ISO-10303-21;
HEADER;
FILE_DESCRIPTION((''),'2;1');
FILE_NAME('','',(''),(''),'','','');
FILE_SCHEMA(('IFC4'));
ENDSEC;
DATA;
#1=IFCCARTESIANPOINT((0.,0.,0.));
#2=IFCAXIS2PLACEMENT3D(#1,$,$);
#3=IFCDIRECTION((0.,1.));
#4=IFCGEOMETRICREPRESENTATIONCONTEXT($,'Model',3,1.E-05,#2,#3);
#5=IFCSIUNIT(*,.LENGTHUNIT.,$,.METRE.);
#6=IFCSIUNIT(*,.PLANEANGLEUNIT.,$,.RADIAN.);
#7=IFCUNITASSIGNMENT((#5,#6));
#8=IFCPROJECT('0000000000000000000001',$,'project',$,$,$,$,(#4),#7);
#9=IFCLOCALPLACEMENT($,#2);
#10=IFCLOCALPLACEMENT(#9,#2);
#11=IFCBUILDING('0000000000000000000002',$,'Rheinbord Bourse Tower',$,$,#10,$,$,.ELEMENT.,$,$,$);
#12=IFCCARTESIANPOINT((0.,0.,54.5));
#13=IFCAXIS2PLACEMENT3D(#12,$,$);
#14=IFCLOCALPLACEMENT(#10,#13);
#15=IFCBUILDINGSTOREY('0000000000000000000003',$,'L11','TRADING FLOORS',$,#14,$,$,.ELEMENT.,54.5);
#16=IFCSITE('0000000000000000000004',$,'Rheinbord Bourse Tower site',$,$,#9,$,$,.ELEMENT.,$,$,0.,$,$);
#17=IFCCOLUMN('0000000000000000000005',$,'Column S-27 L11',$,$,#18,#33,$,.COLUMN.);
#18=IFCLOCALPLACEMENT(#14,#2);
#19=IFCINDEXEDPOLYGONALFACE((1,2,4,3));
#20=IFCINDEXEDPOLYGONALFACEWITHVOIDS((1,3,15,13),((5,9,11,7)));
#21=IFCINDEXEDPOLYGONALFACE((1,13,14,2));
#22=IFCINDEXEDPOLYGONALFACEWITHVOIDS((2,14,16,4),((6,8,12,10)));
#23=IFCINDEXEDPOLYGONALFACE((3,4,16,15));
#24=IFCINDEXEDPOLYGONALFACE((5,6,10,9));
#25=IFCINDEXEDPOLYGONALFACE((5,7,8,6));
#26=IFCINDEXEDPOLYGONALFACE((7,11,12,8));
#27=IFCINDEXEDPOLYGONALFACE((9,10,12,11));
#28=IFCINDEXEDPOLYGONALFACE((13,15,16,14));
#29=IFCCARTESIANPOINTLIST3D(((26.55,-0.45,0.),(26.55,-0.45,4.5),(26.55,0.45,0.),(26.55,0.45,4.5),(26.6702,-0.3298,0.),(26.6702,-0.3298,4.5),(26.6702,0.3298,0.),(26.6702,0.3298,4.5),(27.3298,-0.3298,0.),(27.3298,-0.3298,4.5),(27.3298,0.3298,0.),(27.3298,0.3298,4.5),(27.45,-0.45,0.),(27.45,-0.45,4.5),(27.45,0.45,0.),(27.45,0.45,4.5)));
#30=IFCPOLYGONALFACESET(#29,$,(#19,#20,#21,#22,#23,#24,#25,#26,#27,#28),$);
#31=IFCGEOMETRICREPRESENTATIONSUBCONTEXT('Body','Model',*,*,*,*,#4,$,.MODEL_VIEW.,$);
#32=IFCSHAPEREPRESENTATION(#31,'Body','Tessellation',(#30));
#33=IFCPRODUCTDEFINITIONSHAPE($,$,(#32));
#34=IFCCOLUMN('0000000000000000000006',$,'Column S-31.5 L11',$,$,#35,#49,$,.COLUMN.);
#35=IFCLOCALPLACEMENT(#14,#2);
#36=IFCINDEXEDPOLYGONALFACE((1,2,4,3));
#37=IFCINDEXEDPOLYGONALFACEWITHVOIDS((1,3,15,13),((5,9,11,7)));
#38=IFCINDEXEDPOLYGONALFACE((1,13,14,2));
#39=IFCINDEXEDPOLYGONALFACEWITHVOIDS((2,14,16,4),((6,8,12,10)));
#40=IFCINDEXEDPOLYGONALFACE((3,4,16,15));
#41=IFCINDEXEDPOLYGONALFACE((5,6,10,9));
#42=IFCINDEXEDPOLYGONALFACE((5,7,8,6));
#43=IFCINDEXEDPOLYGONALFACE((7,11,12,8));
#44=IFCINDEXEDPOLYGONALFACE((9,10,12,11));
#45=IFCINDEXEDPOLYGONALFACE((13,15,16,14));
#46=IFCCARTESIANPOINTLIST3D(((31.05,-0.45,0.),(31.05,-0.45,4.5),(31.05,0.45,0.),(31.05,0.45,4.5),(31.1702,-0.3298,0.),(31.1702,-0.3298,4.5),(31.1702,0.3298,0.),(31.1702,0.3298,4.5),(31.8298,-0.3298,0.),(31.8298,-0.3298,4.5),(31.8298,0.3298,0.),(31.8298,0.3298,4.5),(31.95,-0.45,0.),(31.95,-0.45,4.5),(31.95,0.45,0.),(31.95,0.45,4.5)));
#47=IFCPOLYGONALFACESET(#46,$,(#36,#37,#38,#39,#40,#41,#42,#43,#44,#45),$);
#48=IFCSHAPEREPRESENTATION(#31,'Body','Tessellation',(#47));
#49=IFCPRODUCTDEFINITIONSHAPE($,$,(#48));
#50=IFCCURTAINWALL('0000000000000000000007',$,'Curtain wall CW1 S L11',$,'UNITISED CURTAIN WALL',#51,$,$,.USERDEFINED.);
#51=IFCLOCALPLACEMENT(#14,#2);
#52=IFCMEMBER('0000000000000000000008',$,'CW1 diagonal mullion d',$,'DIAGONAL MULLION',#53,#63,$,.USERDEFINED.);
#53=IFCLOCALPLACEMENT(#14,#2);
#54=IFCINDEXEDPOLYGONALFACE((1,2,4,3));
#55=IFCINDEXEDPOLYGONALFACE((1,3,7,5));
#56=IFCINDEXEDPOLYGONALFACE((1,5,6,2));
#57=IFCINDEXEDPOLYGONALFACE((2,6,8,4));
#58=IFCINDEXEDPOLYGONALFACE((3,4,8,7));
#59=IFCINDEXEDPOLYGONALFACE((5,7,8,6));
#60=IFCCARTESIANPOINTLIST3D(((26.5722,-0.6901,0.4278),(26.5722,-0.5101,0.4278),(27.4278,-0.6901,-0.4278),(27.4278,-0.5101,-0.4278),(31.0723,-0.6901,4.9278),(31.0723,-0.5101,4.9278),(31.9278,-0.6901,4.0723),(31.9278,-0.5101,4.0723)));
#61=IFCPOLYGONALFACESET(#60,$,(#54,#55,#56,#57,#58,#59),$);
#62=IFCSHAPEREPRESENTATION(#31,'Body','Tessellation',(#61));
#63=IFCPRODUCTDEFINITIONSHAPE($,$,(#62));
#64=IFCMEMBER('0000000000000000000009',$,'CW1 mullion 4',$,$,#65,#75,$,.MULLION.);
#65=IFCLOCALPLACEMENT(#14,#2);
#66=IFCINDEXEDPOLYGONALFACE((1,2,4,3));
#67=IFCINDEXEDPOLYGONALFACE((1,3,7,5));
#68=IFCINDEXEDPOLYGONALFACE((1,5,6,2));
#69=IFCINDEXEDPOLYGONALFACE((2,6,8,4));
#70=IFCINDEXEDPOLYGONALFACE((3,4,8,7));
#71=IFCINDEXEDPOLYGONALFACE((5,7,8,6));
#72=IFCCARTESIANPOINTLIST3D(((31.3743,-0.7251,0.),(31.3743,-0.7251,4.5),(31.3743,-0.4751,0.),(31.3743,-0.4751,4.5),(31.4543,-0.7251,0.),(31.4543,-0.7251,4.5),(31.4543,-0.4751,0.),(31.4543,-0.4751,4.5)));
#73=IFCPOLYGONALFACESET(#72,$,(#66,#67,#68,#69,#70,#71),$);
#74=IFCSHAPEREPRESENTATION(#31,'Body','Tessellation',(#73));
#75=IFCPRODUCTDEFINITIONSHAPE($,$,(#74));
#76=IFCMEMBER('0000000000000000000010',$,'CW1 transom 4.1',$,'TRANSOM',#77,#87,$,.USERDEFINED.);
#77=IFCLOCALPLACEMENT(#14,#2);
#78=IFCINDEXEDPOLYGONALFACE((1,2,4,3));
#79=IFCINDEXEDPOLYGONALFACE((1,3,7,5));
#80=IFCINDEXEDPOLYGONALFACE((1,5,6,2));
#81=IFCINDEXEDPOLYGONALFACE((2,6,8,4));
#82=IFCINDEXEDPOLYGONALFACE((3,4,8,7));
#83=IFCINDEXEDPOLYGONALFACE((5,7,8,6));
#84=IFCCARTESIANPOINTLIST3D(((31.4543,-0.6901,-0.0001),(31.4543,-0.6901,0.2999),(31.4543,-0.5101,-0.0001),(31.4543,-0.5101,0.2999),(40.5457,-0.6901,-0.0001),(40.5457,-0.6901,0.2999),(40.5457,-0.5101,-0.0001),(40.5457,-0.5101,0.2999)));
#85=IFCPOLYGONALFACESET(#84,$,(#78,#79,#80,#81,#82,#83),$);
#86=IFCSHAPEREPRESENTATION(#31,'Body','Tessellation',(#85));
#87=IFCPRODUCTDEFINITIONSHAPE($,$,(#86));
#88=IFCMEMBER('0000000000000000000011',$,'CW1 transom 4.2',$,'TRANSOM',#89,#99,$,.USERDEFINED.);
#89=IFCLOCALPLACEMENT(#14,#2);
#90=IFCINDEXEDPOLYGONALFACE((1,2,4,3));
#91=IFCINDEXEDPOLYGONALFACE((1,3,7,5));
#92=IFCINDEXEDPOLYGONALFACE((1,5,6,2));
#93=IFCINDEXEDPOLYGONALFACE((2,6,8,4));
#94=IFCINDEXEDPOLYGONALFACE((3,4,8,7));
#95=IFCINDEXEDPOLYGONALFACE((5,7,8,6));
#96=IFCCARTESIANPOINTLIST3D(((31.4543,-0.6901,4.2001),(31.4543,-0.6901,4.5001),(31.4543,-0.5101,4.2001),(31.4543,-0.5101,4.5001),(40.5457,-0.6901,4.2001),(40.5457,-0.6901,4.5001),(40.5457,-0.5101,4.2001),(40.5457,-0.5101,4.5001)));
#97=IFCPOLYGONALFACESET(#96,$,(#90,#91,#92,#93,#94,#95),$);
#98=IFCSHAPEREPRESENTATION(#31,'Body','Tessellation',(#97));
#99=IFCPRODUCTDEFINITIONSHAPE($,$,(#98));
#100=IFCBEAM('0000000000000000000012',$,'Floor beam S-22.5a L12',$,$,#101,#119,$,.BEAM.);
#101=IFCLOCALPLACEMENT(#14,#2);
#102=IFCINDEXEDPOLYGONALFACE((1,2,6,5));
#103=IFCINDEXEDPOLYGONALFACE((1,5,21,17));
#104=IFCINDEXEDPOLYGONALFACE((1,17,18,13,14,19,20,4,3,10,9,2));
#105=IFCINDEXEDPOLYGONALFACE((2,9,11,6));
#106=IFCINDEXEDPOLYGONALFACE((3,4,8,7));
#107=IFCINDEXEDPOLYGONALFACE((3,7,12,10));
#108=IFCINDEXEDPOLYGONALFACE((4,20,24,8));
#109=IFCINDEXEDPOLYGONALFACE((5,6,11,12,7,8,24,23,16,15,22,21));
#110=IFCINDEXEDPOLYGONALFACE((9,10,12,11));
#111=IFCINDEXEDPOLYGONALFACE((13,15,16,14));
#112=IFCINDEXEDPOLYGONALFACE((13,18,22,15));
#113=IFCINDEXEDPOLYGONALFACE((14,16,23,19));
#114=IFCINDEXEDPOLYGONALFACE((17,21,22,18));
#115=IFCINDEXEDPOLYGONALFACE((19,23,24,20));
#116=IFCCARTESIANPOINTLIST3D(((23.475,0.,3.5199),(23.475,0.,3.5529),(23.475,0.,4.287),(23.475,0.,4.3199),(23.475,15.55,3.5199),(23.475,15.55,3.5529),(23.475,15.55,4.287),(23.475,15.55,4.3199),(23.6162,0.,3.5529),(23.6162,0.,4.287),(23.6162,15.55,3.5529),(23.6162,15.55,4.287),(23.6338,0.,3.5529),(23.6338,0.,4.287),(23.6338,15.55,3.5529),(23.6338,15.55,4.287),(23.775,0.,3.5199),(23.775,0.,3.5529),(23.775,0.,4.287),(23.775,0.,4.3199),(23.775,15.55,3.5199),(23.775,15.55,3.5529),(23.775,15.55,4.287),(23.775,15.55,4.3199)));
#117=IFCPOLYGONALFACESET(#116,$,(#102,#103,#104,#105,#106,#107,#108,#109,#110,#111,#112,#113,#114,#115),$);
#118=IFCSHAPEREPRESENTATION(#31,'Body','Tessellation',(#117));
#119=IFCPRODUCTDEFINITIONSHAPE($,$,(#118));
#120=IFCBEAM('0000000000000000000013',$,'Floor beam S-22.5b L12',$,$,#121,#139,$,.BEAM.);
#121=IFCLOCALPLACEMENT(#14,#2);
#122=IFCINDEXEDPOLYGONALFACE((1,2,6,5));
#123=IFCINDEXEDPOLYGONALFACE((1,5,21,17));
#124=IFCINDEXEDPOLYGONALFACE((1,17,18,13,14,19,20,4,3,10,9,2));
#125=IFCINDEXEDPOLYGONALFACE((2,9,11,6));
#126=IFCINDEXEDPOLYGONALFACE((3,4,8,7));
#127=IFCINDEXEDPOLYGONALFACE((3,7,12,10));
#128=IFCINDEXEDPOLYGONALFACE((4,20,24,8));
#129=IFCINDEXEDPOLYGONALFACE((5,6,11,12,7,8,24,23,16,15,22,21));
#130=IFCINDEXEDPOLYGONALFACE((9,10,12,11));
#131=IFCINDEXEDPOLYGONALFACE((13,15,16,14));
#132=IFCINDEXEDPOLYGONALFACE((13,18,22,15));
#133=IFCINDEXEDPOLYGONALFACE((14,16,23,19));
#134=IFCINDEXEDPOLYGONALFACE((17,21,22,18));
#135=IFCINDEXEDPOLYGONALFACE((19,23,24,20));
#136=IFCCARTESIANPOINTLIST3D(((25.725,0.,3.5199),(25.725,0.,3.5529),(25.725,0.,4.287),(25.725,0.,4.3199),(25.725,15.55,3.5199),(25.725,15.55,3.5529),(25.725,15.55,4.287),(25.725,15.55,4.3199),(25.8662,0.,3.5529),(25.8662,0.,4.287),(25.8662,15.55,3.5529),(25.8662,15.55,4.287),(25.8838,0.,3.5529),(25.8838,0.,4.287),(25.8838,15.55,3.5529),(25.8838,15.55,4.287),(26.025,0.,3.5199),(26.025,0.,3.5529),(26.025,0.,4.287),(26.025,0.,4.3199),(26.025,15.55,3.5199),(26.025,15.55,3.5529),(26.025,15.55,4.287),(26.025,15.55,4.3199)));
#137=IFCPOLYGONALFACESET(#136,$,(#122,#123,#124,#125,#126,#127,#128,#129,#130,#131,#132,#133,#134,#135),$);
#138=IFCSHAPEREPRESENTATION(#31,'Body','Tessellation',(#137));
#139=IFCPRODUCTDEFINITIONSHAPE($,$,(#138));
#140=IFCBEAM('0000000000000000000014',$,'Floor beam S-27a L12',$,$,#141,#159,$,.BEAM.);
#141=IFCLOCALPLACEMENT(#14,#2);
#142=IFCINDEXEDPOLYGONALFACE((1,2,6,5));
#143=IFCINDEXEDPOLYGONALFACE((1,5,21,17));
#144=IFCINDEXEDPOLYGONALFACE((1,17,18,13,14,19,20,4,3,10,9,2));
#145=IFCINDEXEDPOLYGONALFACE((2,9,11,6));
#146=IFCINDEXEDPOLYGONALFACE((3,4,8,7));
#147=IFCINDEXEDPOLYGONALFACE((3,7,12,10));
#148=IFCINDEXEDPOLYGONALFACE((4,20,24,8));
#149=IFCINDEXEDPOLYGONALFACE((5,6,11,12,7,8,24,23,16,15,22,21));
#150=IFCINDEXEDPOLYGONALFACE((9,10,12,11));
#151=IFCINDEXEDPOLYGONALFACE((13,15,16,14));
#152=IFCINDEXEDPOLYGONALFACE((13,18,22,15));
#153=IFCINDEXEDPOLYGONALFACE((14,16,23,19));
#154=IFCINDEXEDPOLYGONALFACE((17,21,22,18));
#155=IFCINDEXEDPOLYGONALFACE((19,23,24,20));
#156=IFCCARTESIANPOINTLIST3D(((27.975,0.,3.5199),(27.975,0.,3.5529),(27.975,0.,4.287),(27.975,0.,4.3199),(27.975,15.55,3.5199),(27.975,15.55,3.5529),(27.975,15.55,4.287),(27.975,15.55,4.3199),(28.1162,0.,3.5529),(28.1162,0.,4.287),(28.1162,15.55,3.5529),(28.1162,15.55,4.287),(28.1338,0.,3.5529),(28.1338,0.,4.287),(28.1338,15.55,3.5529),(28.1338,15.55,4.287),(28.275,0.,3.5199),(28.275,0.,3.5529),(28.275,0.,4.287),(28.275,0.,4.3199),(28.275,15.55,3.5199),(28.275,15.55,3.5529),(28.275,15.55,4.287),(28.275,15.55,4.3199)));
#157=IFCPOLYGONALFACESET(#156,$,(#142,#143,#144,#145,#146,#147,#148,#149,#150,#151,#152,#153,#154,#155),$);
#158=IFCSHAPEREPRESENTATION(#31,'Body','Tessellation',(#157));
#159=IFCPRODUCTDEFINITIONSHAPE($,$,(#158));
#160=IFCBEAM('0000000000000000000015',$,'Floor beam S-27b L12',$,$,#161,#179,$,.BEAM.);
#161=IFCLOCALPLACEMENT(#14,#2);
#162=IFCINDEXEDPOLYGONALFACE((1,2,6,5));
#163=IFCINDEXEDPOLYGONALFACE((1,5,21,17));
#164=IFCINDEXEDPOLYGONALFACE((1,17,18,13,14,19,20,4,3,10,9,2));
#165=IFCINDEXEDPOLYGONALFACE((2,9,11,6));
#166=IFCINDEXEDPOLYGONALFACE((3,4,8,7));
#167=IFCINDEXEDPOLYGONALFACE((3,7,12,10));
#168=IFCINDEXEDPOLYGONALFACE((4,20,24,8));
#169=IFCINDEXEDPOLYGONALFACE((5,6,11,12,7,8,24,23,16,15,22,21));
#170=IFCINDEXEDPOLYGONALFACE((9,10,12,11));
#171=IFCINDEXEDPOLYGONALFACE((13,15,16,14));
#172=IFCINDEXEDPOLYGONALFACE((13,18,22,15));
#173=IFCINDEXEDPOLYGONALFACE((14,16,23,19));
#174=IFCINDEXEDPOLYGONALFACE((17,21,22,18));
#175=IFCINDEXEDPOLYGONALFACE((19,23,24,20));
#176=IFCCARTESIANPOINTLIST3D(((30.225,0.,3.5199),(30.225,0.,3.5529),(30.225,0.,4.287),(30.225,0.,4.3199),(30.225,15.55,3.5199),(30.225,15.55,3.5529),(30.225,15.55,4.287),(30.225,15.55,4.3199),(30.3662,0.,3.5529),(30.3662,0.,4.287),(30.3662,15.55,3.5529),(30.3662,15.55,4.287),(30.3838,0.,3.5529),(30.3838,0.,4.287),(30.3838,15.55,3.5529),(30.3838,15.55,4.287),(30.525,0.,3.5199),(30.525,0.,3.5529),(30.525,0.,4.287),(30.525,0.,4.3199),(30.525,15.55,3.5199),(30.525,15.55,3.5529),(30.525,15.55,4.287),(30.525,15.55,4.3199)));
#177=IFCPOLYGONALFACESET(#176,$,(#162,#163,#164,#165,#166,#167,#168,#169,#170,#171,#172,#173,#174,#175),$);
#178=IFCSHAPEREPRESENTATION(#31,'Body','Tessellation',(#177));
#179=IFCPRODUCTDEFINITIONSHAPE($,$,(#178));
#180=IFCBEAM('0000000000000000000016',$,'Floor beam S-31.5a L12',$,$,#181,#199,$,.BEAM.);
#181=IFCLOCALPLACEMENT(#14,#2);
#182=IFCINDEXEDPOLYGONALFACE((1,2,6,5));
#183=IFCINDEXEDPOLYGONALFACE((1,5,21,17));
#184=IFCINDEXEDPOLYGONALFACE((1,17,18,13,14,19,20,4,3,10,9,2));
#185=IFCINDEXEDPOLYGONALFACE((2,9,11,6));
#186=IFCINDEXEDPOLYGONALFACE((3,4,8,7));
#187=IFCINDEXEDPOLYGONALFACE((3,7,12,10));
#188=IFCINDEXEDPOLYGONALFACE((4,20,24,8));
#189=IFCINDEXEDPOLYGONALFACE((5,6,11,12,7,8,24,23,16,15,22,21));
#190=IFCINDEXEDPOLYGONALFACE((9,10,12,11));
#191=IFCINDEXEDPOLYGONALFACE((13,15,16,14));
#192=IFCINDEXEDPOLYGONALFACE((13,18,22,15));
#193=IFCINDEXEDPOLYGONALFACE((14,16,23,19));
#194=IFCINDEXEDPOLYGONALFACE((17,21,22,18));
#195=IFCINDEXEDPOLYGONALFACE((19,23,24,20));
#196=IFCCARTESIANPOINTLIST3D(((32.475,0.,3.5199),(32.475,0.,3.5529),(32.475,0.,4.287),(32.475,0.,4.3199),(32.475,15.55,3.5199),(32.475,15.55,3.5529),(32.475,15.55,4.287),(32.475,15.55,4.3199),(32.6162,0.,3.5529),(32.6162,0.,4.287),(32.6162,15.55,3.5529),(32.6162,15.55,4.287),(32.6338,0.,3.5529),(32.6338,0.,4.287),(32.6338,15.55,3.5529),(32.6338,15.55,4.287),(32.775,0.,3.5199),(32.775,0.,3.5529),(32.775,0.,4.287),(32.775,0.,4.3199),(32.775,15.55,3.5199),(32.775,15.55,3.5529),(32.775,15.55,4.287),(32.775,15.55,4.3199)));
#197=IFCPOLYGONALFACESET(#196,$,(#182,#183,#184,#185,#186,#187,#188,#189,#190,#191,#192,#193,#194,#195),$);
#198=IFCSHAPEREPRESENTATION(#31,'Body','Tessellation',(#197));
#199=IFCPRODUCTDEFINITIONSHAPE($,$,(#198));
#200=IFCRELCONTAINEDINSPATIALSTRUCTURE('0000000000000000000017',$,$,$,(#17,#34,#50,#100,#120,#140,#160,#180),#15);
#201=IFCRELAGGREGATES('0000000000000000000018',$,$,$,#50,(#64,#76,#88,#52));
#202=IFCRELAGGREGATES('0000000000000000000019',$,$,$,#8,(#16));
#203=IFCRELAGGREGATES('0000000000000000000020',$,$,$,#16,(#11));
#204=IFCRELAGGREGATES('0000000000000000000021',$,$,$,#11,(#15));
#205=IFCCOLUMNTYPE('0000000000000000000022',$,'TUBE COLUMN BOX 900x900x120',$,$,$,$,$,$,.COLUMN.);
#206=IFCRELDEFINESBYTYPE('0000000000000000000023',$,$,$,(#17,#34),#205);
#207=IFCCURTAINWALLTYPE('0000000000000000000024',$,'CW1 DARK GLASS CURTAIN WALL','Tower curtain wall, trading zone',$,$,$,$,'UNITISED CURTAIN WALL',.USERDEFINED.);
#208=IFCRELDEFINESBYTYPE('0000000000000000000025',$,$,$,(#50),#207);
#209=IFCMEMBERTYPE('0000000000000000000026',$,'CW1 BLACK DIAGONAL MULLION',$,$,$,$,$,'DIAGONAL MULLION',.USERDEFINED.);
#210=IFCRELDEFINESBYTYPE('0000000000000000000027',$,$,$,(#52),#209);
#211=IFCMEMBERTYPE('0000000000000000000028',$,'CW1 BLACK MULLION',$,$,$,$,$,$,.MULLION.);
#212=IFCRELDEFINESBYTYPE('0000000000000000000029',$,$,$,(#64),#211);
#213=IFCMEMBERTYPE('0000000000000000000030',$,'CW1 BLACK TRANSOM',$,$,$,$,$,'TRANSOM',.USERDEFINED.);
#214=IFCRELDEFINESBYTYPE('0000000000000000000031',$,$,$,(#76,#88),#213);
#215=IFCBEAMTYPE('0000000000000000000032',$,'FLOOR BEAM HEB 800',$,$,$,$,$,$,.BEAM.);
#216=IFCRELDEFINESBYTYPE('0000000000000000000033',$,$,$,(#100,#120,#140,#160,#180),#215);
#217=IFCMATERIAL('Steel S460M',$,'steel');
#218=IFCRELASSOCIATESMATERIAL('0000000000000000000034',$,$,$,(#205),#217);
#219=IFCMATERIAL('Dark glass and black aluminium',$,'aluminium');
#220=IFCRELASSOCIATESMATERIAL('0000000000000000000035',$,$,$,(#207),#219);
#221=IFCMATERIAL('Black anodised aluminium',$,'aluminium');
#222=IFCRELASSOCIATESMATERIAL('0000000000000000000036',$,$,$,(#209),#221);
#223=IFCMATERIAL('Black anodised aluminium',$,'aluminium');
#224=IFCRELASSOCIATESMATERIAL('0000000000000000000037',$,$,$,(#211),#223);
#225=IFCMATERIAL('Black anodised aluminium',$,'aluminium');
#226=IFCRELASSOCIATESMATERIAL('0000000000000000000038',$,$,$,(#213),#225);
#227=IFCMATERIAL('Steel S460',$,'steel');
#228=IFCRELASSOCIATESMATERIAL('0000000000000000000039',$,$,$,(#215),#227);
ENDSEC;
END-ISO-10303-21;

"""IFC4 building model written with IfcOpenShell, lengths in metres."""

from ifc_helpers import new_model, si_unit, direction, frame, origin, origin_2d, place, context, subcontext, project, spatial, rectangle, hollow_rectangle, i_section, extrude, material, material_profile, profile_set, type_object, element, aggregate, save


model = new_model("IFC4")

# Units and contexts
model_context = context("Model", 3, precision=1e-05, world=origin(), true_north=direction((0.0, 1.0)))
body_context = subcontext(model_context, "Body", "Model", "MODEL_VIEW")
ifc_project = project(units=[si_unit("LENGTHUNIT", "METRE"), si_unit("PLANEANGLEUNIT", "RADIAN")], contexts=[model_context])

# Site, building, storey
site_placement = place(None, origin())
site = spatial("IfcSite", under=ifc_project, at=site_placement, Name="Rheinbord Bourse Tower site", CompositionType="ELEMENT", RefElevation=0.0)
building_placement = place(site_placement, origin())
building = spatial("IfcBuilding", under=site, at=building_placement, Name="Rheinbord Bourse Tower", CompositionType="ELEMENT")
storey_placement = place(building_placement, frame((0.0, 0.0, 54.5)))
storey = spatial("IfcBuildingStorey", under=building, at=storey_placement, Name="L11", Description="TRADING FLOORS", CompositionType="ELEMENT", Elevation=54.5)

# Columns
ifc_material_1 = material(Name="Steel S460M", Category="steel")
ifc_material_profile_1 = material_profile(ifc_material_1, hollow_rectangle(XDim=0.8999, YDim=0.8999, WallThickness=0.1201, at=origin_2d()), Name="BOX 900x900x120")
ifc_profile_set_1 = profile_set([ifc_material_profile_1], Name="Steel S460M")
column_type = type_object("IfcColumnType", Name="TUBE COLUMN BOX 900x900x120", PredefinedType="COLUMN", material=ifc_profile_set_1)
for number, where, z_axis, x_axis, name in (
    (1, (27.0, 0.0, 0.0), (0.0, 0.0, 1.0), (0.0, 1.0, 0.0), "Column S-27 L11"),
    (2, (31.5, 0.0, 0.0), (0.0, 0.0, 1.0), (0.0, 1.0, 0.0), "Column S-31.5 L11"),
):
    element("IfcColumn", number, at=place(storey_placement, frame(where, z_axis=z_axis, x_axis=x_axis)), inside=storey, type_object=column_type, Name=name, PredefinedType="COLUMN", context=body_context, shape_type="SweptSolid", body=[
        extrude(hollow_rectangle(XDim=0.8999, YDim=0.8999, WallThickness=0.1201, at=origin_2d()), origin(), (0.0, 0.0, 1.0), 4.5),
    ])

# Curtain wall, members
ifc_material_2 = material(Name="Dark glass and black aluminium", Category="aluminium")
curtain_wall_type = type_object("IfcCurtainWallType", Name="CW1 DARK GLASS CURTAIN WALL", Description="Tower curtain wall, trading zone", ElementType="UNITISED CURTAIN WALL", PredefinedType="USERDEFINED", material=ifc_material_2)
curtain_wall_placement = place(storey_placement, origin())
curtain_wall = element("IfcCurtainWall", 3, at=curtain_wall_placement, inside=storey, type_object=curtain_wall_type, Name="Curtain wall CW1 S L11", ObjectType="UNITISED CURTAIN WALL", PredefinedType="USERDEFINED")
ifc_material_3 = material(Name="Black anodised aluminium", Category="aluminium")
ifc_material_profile_2 = material_profile(ifc_material_3, rectangle(XDim=0.1799, YDim=1.21, at=origin_2d()), Name="CW1 DIAGONAL MULLION 1210x180")
ifc_profile_set_2 = profile_set([ifc_material_profile_2], Name="Black anodised aluminium")
member_type_1 = type_object("IfcMemberType", Name="CW1 BLACK DIAGONAL MULLION", ElementType="DIAGONAL MULLION", PredefinedType="USERDEFINED", material=ifc_profile_set_2)
member_1_placement = place(storey_placement, frame((27.0, -0.6001, 0.0), z_axis=(0.707107, 0.0, 0.707107), x_axis=(0.0, 1.0, 0.0)))
member_1 = element("IfcMember", 4, at=member_1_placement, type_object=member_type_1, Name="CW1 diagonal mullion d", ObjectType="DIAGONAL MULLION", PredefinedType="USERDEFINED", context=body_context, shape_type="SweptSolid", body=[
    extrude(rectangle(XDim=0.1799, YDim=1.21, at=origin_2d()), origin(), (0.0, 0.0, 1.0), 6.364),
])
ifc_material_4 = material(Name="Black anodised aluminium", Category="aluminium")
ifc_material_profile_3 = material_profile(ifc_material_4, rectangle(XDim=0.25, YDim=0.0801, at=origin_2d()), Name="CW1 MULLION 80x250")
ifc_profile_set_3 = profile_set([ifc_material_profile_3], Name="Black anodised aluminium")
member_type_2 = type_object("IfcMemberType", Name="CW1 BLACK MULLION", PredefinedType="MULLION", material=ifc_profile_set_3)
member_2_placement = place(storey_placement, frame((31.4143, -0.6001, 0.0), z_axis=(0.0, 0.0, 1.0), x_axis=(0.0, 1.0, 0.0)))
member_2 = element("IfcMember", 5, at=member_2_placement, type_object=member_type_2, Name="CW1 mullion 4", PredefinedType="MULLION", context=body_context, shape_type="SweptSolid", body=[
    extrude(rectangle(XDim=0.25, YDim=0.0801, at=origin_2d()), origin(), (0.0, 0.0, 1.0), 4.5),
])
ifc_material_5 = material(Name="Black anodised aluminium", Category="aluminium")
ifc_material_profile_4 = material_profile(ifc_material_5, rectangle(XDim=0.1799, YDim=0.3, at=origin_2d()), Name="CW1 TRANSOM 300x180")
ifc_profile_set_4 = profile_set([ifc_material_profile_4], Name="Black anodised aluminium")
member_type_3 = type_object("IfcMemberType", Name="CW1 BLACK TRANSOM", ElementType="TRANSOM", PredefinedType="USERDEFINED", material=ifc_profile_set_4)
member_3_placement = place(storey_placement, frame((31.4543, -0.6001, 0.1499), z_axis=(1.0, 0.0, 0.0), x_axis=(0.0, 1.0, 0.0)))
member_3 = element("IfcMember", 6, at=member_3_placement, type_object=member_type_3, Name="CW1 transom 4.1", ObjectType="TRANSOM", PredefinedType="USERDEFINED", context=body_context, shape_type="SweptSolid", body=[
    extrude(rectangle(XDim=0.1799, YDim=0.3, at=origin_2d()), origin(), (0.0, 0.0, 1.0), 9.0913),
])
member_4_placement = place(storey_placement, frame((31.4543, -0.6001, 4.3501), z_axis=(1.0, 0.0, 0.0), x_axis=(0.0, 1.0, 0.0)))
member_4 = element("IfcMember", 7, at=member_4_placement, type_object=member_type_3, Name="CW1 transom 4.2", ObjectType="TRANSOM", PredefinedType="USERDEFINED", context=body_context, shape_type="SweptSolid", body=[
    extrude(rectangle(XDim=0.1799, YDim=0.3, at=origin_2d()), origin(), (0.0, 0.0, 1.0), 9.0913),
])

# Beams
ifc_material_6 = material(Name="Steel S460", Category="steel")
ifc_material_profile_5 = material_profile(ifc_material_6, i_section(OverallWidth=0.3, OverallDepth=0.8, WebThickness=0.0176, FlangeThickness=0.033, at=origin_2d()), Name="HEB 800")
ifc_profile_set_5 = profile_set([ifc_material_profile_5], Name="Steel S460")
beam_type_1 = type_object("IfcBeamType", Name="FLOOR BEAM HEB 800", PredefinedType="BEAM", material=ifc_profile_set_5)
for number, where, z_axis, x_axis, name in (
    (8, (23.625, 0.0, 3.9199), (0.0, 1.0, 0.0), (-1.0, 0.0, 0.0), "Floor beam S-22.5a L12"),
    (9, (25.875, 0.0, 3.9199), (0.0, 1.0, 0.0), (-1.0, 0.0, 0.0), "Floor beam S-22.5b L12"),
    (10, (28.125, 0.0, 3.9199), (0.0, 1.0, 0.0), (-1.0, 0.0, 0.0), "Floor beam S-27a L12"),
    (11, (30.375, 0.0, 3.9199), (0.0, 1.0, 0.0), (-1.0, 0.0, 0.0), "Floor beam S-27b L12"),
    (12, (32.625, 0.0, 3.9199), (0.0, 1.0, 0.0), (-1.0, 0.0, 0.0), "Floor beam S-31.5a L12"),
):
    element("IfcBeam", number, at=place(storey_placement, frame(where, z_axis=z_axis, x_axis=x_axis)), inside=storey, type_object=beam_type_1, Name=name, PredefinedType="BEAM", context=body_context, shape_type="SweptSolid", body=[
        extrude(i_section(OverallWidth=0.3, OverallDepth=0.8, WebThickness=0.0176, FlangeThickness=0.033, at=origin_2d()), origin(), (0.0, 0.0, 1.0), 15.55),
    ])

aggregate(curtain_wall, [member_2, member_3, member_4, member_1])

save(model, "model.ifc")
